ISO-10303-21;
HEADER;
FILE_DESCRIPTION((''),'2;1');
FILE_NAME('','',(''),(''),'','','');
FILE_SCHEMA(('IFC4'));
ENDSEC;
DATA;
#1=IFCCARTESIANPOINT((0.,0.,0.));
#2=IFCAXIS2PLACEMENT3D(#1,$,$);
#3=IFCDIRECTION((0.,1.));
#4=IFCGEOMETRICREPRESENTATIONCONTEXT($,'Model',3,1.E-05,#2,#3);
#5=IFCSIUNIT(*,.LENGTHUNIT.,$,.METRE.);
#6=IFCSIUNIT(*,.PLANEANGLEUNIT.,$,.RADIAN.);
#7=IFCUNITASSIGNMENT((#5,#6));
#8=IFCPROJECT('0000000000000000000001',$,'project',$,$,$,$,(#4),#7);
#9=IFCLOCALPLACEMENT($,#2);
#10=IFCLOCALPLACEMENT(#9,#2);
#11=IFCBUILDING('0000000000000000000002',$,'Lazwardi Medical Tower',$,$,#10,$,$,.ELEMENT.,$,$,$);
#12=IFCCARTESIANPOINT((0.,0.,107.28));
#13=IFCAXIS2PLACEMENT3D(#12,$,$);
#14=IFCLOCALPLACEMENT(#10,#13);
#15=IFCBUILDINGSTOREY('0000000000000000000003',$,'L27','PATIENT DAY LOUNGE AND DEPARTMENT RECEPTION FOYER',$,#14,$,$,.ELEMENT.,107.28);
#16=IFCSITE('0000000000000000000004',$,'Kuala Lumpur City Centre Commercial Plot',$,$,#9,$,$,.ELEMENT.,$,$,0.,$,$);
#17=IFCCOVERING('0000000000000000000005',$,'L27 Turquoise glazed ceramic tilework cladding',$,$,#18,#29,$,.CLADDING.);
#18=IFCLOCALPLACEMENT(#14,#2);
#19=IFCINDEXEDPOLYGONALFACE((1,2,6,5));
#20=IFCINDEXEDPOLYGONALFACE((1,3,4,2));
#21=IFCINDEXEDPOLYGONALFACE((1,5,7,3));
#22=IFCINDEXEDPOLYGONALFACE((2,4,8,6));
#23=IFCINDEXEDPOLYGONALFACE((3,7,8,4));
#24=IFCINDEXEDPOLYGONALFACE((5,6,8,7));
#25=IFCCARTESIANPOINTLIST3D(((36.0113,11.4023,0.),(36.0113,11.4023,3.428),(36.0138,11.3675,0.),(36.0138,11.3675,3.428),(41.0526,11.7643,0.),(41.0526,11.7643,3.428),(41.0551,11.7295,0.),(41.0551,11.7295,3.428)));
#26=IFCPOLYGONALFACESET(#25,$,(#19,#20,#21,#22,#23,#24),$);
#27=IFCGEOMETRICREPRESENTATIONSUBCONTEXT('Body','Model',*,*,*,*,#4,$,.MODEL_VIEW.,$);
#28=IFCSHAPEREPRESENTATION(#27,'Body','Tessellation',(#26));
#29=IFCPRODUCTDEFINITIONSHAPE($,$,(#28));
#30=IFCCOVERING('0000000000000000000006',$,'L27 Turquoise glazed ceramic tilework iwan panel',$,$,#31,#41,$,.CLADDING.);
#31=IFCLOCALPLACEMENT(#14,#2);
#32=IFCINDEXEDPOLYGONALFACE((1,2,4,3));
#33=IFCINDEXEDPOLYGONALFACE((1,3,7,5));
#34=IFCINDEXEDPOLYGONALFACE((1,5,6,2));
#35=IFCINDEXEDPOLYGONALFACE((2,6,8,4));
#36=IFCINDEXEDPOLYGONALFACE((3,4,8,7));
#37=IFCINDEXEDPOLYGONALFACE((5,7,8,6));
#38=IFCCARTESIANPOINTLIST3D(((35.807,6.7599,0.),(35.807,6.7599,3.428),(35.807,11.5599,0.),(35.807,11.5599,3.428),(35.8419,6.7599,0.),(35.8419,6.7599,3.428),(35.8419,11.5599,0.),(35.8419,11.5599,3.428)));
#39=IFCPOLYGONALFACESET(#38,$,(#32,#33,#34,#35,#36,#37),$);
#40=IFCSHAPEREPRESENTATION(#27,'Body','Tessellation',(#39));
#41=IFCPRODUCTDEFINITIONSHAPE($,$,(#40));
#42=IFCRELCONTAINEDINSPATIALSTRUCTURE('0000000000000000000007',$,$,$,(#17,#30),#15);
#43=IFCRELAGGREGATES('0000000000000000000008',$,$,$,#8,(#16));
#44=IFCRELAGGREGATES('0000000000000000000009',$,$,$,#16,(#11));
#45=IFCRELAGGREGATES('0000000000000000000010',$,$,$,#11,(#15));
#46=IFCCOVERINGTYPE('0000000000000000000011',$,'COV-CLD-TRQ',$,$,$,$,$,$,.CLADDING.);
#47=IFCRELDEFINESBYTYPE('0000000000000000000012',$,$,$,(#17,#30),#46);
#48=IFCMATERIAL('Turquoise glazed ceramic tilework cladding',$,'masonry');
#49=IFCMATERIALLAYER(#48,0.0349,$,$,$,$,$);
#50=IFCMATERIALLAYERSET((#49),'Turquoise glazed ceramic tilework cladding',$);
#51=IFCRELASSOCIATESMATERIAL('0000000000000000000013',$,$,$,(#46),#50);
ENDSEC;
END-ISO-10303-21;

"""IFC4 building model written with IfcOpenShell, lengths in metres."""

from ifc_helpers import new_model, si_unit, direction, frame, origin, origin_2d, place, context, subcontext, project, spatial, rectangle, extrude, material, layer, layer_set, type_object, element, save


model = new_model("IFC4")

# Units and contexts
model_context = context("Model", 3, precision=1e-05, world=origin(), true_north=direction((0.0, 1.0)))
body_context = subcontext(model_context, "Body", "Model", "MODEL_VIEW")
ifc_project = project(units=[si_unit("LENGTHUNIT", "METRE"), si_unit("PLANEANGLEUNIT", "RADIAN")], contexts=[model_context])

# Site, building, storey
site_placement = place(None, origin())
site = spatial("IfcSite", under=ifc_project, at=site_placement, Name="Kuala Lumpur City Centre Commercial Plot", CompositionType="ELEMENT", RefElevation=0.0)
building_placement = place(site_placement, origin())
building = spatial("IfcBuilding", under=site, at=building_placement, Name="Lazwardi Medical Tower", CompositionType="ELEMENT")
storey_placement = place(building_placement, frame((0.0, 0.0, 107.28)))
storey = spatial("IfcBuildingStorey", under=building, at=storey_placement, Name="L27", Description="PATIENT DAY LOUNGE AND DEPARTMENT RECEPTION FOYER", CompositionType="ELEMENT", Elevation=107.28)

# Coverings
ifc_material_1 = material(Name="Turquoise glazed ceramic tilework cladding", Category="masonry")
ifc_layer_1 = layer(ifc_material_1, 0.0349)
ifc_layer_set_1 = layer_set([ifc_layer_1], Name="Turquoise glazed ceramic tilework cladding")
covering_type_1 = type_object("IfcCoveringType", Name="COV-CLD-TRQ", PredefinedType="CLADDING", material=ifc_layer_set_1)
covering_1_placement = place(storey_placement, frame((38.5332, 11.5659, 0.0), z_axis=(0.0, 0.0, 1.0), x_axis=(0.997432, 0.071625, 0.0)))
element("IfcCovering", 1, at=covering_1_placement, inside=storey, type_object=covering_type_1, Name="L27 Turquoise glazed ceramic tilework cladding", PredefinedType="CLADDING", context=body_context, shape_type="SweptSolid", body=[
    extrude(rectangle(XDim=5.0542, YDim=0.0349, at=origin_2d()), origin(), (0.0, 0.0, 1.0), 3.428),
])
covering_2_placement = place(storey_placement, frame((35.8245, 9.1599, 0.0), z_axis=(0.0, 0.0, 1.0), x_axis=(0.0, 1.0, 0.0)))
element("IfcCovering", 2, at=covering_2_placement, inside=storey, type_object=covering_type_1, Name="L27 Turquoise glazed ceramic tilework iwan panel", PredefinedType="CLADDING", context=body_context, shape_type="SweptSolid", body=[
    extrude(rectangle(XDim=4.8, YDim=0.0349, at=origin_2d()), origin(), (0.0, 0.0, 1.0), 3.428),
])

save(model, "model.ifc")
